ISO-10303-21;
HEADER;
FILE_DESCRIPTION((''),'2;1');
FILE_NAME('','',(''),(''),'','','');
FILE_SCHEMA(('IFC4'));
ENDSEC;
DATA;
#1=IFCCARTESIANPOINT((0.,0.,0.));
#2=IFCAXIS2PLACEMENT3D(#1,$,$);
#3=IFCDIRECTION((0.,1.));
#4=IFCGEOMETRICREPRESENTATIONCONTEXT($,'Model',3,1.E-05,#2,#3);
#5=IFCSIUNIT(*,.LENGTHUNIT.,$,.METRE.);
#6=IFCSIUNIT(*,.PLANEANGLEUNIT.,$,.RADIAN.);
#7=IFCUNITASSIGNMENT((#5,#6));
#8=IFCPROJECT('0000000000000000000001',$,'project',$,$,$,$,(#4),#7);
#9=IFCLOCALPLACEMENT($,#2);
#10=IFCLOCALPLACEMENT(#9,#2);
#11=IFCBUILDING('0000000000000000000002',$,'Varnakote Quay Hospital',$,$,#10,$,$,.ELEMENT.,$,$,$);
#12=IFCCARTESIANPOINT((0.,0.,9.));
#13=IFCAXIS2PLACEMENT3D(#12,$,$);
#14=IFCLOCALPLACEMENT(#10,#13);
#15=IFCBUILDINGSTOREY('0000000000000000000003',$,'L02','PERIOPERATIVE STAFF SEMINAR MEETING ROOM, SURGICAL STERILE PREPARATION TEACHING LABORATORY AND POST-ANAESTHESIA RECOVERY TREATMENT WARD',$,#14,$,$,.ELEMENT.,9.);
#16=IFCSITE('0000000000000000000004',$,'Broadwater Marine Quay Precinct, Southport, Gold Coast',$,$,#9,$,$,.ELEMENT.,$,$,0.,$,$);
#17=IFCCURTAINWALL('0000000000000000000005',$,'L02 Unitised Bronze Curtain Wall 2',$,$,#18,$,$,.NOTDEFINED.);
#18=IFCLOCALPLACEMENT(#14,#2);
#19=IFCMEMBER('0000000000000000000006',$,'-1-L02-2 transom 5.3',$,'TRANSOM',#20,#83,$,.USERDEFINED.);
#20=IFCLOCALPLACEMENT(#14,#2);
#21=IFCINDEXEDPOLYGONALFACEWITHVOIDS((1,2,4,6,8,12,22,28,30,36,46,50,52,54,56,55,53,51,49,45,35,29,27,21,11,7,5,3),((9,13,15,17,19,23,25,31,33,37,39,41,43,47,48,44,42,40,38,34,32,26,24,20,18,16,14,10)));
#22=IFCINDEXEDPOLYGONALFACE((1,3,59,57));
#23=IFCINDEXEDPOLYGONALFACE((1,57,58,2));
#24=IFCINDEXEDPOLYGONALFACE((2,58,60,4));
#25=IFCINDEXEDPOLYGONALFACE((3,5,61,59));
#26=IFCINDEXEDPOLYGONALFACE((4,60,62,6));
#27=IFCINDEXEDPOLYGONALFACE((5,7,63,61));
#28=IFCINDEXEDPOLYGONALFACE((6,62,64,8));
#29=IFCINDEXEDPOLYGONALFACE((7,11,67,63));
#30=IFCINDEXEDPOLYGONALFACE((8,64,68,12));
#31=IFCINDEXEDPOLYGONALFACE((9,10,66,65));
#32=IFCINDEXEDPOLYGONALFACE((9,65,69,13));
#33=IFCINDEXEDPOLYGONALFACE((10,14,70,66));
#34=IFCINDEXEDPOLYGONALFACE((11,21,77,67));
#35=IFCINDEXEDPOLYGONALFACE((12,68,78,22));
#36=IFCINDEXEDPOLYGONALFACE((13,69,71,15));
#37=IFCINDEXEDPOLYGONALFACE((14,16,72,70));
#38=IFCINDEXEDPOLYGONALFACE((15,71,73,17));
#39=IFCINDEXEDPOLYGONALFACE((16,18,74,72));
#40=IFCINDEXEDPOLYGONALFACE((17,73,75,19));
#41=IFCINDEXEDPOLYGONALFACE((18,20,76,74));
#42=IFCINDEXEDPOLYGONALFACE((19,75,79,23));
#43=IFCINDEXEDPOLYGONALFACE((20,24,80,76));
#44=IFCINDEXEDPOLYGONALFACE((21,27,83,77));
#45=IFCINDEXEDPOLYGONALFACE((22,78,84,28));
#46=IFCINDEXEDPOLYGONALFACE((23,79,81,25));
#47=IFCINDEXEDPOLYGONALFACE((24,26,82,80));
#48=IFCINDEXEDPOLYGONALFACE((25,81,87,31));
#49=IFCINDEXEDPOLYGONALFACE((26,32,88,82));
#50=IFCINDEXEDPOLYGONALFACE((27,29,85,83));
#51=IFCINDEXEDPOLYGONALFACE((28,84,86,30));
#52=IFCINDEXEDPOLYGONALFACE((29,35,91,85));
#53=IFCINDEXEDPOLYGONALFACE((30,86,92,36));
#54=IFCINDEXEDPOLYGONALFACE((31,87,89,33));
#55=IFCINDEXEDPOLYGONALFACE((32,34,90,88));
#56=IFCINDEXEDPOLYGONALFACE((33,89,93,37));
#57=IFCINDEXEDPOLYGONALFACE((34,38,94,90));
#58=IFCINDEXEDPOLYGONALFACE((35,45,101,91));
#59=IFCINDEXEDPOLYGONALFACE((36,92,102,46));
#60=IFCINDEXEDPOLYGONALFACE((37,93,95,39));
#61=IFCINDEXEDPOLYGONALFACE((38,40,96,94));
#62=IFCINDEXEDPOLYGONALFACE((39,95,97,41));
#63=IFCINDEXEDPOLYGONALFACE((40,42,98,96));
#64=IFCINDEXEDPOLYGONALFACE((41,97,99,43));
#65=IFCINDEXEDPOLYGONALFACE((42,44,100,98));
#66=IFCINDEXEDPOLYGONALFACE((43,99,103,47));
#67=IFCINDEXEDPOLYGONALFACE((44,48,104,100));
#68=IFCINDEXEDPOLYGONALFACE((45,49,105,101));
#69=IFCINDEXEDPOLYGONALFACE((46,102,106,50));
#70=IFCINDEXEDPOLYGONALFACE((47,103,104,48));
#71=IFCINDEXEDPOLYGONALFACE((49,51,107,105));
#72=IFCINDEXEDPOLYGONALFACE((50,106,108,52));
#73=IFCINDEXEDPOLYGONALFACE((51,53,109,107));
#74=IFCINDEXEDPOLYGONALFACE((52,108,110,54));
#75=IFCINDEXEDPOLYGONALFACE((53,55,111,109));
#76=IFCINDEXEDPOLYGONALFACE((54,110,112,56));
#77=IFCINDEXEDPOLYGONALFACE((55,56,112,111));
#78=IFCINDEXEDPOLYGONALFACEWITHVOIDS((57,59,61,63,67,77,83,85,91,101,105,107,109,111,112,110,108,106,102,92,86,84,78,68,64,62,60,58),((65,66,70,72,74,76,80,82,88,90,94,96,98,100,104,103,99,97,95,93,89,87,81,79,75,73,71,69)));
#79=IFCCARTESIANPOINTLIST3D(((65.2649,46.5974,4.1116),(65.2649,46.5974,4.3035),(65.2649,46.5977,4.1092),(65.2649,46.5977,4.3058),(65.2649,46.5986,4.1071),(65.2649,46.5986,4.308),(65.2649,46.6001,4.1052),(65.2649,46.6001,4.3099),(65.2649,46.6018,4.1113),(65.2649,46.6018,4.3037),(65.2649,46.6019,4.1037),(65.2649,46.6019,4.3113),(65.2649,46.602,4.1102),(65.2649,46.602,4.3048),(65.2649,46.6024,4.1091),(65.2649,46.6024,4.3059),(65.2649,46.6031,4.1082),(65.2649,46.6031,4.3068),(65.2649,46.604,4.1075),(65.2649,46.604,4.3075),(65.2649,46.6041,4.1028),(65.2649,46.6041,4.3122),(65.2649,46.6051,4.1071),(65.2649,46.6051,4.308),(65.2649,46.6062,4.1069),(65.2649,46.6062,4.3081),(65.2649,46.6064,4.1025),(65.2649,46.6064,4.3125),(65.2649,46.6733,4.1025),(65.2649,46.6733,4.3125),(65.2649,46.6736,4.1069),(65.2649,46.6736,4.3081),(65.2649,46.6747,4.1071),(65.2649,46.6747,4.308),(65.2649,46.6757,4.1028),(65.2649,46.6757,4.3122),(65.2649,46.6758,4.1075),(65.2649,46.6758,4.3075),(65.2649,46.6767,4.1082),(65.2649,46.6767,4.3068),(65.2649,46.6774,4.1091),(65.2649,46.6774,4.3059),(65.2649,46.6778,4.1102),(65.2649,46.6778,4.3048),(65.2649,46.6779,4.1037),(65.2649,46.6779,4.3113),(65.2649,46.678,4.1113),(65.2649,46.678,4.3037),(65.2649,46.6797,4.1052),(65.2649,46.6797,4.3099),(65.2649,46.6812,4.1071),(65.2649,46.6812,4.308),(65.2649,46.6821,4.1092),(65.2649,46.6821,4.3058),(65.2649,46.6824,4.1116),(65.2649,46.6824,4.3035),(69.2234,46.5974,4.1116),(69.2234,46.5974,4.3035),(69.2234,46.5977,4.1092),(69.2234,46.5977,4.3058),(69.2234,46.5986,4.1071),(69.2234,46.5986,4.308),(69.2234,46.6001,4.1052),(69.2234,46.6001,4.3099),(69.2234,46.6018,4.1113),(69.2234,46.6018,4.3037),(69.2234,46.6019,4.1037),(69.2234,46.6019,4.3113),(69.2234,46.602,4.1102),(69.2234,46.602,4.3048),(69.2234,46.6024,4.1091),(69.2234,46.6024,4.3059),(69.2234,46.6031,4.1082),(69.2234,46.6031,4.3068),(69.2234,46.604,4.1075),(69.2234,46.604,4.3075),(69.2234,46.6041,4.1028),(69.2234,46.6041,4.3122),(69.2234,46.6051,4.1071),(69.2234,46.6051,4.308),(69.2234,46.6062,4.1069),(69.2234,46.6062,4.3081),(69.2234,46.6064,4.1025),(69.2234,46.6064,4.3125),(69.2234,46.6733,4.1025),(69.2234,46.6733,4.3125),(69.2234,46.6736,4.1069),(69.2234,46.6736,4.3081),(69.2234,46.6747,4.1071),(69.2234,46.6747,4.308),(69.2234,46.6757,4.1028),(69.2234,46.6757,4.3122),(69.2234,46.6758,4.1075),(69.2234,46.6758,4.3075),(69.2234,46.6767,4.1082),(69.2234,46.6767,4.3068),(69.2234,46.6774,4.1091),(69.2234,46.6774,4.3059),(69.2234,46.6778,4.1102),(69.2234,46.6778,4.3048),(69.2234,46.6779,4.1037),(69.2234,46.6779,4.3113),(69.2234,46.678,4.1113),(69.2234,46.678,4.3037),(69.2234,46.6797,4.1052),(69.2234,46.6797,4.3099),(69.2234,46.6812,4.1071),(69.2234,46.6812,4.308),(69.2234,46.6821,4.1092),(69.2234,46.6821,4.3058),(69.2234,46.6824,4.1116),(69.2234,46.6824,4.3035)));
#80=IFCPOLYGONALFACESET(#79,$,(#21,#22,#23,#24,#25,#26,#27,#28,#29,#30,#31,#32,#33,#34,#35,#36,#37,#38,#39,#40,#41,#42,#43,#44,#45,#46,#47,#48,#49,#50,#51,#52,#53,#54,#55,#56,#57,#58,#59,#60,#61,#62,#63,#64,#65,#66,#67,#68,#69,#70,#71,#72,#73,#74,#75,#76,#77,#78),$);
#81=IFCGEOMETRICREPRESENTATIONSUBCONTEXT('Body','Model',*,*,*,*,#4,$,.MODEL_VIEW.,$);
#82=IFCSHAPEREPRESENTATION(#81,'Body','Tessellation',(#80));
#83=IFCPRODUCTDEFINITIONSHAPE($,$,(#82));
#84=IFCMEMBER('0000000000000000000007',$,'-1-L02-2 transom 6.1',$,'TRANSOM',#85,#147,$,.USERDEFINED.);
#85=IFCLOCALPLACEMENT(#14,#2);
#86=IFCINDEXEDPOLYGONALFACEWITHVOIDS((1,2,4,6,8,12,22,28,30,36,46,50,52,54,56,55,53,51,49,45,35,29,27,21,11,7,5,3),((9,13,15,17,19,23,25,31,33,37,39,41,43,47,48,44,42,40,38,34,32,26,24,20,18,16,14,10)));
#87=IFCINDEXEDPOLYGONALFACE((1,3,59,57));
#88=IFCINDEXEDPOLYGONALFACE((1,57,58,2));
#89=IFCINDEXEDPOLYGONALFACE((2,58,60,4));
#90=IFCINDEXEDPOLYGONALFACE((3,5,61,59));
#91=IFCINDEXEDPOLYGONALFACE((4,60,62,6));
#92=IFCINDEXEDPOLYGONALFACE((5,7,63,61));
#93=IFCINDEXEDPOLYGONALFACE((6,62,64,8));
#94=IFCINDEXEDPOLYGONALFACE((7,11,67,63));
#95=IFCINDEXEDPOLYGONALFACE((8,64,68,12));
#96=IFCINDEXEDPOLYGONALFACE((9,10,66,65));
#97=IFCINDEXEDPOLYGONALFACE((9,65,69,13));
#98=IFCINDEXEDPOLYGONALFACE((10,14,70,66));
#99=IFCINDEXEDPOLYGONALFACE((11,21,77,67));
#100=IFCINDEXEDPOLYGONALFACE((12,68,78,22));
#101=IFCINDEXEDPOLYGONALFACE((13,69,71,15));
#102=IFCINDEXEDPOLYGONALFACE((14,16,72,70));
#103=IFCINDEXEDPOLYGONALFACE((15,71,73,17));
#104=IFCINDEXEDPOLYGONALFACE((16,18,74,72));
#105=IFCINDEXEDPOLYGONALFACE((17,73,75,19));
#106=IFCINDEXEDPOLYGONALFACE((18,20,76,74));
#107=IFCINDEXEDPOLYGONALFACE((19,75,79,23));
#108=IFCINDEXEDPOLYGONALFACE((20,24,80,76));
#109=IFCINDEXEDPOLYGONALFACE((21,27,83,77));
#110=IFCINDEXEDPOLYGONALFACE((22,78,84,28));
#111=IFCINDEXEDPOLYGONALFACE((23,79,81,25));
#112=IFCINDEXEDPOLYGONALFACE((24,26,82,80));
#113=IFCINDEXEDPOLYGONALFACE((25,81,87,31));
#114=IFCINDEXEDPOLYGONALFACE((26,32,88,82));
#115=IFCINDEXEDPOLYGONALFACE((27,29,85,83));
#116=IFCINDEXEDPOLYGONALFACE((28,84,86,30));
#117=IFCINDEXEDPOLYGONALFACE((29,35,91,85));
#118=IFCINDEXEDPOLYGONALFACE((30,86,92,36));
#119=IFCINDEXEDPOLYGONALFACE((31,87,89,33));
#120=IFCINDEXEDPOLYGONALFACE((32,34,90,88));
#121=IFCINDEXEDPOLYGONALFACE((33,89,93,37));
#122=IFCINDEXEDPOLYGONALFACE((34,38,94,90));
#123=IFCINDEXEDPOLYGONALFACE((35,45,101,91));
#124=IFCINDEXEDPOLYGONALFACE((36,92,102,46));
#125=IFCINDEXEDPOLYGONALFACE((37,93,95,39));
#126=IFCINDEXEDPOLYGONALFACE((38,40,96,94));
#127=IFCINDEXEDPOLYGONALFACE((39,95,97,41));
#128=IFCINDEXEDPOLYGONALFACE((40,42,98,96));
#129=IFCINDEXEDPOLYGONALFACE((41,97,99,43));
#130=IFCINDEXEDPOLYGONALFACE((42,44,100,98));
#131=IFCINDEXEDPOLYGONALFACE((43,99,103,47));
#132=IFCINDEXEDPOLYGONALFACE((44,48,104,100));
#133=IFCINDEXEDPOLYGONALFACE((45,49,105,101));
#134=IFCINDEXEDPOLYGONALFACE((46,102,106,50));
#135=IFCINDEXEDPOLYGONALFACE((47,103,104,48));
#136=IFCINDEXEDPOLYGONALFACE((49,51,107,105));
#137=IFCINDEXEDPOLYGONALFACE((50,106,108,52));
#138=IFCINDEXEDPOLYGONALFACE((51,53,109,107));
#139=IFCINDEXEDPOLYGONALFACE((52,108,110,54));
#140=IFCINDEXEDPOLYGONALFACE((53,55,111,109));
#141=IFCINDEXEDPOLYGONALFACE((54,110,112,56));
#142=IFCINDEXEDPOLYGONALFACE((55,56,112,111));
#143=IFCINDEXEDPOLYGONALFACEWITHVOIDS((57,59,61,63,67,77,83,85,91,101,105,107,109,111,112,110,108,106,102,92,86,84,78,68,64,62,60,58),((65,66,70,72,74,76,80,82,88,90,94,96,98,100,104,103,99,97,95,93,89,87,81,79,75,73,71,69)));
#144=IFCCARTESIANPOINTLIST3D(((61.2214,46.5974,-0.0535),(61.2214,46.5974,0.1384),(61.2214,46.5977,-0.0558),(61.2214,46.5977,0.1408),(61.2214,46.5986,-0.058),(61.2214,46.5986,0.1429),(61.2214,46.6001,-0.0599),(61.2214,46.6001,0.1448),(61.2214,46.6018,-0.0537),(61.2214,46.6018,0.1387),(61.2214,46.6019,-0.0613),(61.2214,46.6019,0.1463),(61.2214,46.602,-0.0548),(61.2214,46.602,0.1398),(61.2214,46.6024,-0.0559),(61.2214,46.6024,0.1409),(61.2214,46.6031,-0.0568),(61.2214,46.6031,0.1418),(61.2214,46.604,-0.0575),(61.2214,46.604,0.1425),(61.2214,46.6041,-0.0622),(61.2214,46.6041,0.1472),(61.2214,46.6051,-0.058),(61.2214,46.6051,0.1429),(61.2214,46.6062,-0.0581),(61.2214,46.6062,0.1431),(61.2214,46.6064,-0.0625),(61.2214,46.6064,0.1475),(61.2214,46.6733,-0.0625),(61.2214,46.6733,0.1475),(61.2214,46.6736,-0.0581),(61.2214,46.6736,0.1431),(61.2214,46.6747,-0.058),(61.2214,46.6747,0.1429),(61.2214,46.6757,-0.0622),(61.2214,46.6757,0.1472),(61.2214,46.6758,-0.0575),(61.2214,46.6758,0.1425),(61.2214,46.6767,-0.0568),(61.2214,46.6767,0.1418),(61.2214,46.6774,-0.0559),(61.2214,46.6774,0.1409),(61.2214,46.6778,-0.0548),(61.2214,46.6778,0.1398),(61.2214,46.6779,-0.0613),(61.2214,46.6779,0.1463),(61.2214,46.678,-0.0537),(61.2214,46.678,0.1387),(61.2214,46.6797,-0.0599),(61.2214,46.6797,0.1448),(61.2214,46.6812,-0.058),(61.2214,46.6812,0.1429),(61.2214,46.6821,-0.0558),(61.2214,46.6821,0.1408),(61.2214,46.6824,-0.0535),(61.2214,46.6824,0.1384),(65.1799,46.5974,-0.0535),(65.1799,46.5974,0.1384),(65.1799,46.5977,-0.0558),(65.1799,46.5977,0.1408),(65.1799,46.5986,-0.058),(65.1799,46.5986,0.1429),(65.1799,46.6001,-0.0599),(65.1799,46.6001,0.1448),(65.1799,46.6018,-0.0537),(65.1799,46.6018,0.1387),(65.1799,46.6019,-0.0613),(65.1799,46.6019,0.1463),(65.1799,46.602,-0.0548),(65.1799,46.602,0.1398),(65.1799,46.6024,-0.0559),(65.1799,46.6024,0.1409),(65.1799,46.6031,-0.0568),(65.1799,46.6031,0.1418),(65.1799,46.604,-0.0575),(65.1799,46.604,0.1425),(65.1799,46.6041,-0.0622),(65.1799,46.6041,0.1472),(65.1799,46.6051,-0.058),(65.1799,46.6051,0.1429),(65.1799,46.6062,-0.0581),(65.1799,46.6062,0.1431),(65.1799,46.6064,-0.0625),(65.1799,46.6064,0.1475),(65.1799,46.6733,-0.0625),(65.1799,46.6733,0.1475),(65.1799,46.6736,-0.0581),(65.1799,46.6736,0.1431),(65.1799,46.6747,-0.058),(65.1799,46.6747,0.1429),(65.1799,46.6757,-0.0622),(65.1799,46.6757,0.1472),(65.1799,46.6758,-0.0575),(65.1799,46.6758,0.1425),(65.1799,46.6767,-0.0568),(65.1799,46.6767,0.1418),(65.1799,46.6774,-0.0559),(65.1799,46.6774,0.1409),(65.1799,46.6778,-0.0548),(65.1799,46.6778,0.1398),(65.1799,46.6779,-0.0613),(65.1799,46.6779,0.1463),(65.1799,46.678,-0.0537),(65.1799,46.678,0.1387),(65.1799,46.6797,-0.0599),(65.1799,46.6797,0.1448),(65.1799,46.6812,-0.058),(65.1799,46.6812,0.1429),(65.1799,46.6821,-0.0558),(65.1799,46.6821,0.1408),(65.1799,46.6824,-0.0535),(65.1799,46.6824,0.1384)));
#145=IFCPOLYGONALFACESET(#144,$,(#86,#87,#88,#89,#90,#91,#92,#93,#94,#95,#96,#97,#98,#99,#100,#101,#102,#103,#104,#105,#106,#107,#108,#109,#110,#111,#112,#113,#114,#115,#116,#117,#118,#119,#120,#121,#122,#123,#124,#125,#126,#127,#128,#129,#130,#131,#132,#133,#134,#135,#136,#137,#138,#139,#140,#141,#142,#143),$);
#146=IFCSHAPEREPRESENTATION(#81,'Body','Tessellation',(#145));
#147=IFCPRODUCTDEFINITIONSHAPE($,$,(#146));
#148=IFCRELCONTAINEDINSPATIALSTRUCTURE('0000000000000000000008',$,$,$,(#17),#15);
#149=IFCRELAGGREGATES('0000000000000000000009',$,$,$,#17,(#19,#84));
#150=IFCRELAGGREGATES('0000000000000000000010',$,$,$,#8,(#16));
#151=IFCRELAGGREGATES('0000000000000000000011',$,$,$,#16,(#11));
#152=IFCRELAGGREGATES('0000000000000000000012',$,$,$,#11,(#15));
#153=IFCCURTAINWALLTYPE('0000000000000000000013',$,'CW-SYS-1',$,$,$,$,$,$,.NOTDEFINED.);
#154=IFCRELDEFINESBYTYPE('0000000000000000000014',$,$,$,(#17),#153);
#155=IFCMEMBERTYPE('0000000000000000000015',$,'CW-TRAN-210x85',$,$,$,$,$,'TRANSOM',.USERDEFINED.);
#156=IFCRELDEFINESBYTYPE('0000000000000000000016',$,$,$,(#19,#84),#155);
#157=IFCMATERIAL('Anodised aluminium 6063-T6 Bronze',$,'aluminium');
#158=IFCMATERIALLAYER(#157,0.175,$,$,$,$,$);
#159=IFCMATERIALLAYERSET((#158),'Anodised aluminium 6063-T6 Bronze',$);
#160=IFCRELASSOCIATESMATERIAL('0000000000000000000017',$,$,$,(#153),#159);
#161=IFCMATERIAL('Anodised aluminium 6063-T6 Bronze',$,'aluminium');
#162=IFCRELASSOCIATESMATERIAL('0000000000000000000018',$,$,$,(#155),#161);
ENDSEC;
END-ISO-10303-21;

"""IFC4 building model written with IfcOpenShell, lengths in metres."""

from ifc_helpers import new_model, si_unit, direction, frame, origin, origin_2d, place, context, subcontext, project, spatial, hollow_rectangle, extrude, material, layer, layer_set, material_profile, profile_set, type_object, element, aggregate, save


model = new_model("IFC4")

# Units and contexts
model_context = context("Model", 3, precision=1e-05, world=origin(), true_north=direction((0.0, 1.0)))
body_context = subcontext(model_context, "Body", "Model", "MODEL_VIEW")
ifc_project = project(units=[si_unit("LENGTHUNIT", "METRE"), si_unit("PLANEANGLEUNIT", "RADIAN")], contexts=[model_context])

# Site, building, storey
site_placement = place(None, origin())
site = spatial("IfcSite", under=ifc_project, at=site_placement, Name="Broadwater Marine Quay Precinct, Southport, Gold Coast", CompositionType="ELEMENT", RefElevation=0.0)
building_placement = place(site_placement, origin())
building = spatial("IfcBuilding", under=site, at=building_placement, Name="Varnakote Quay Hospital", CompositionType="ELEMENT")
storey_placement = place(building_placement, frame((0.0, 0.0, 9.0)))
storey = spatial("IfcBuildingStorey", under=building, at=storey_placement, Name="L02", Description="PERIOPERATIVE STAFF SEMINAR MEETING ROOM, SURGICAL STERILE PREPARATION TEACHING LABORATORY AND POST-ANAESTHESIA RECOVERY TREATMENT WARD", CompositionType="ELEMENT", Elevation=9.0)

# Curtain wall, members
ifc_material_1 = material(Name="Anodised aluminium 6063-T6 Bronze", Category="aluminium")
ifc_layer_1 = layer(ifc_material_1, 0.175)
ifc_layer_set_1 = layer_set([ifc_layer_1], Name="Anodised aluminium 6063-T6 Bronze")
curtain_wall_type = type_object("IfcCurtainWallType", Name="CW-SYS-1", PredefinedType="NOTDEFINED", material=ifc_layer_set_1)
curtain_wall_placement = place(storey_placement, origin())
curtain_wall = element("IfcCurtainWall", 1, at=curtain_wall_placement, inside=storey, type_object=curtain_wall_type, Name="L02 Unitised Bronze Curtain Wall 2", PredefinedType="NOTDEFINED")
ifc_material_2 = material(Name="Anodised aluminium 6063-T6 Bronze", Category="aluminium")
ifc_material_profile_1 = material_profile(ifc_material_2, hollow_rectangle(XDim=0.085, YDim=0.21, WallThickness=0.0044, InnerFilletRadius=0.0044, OuterFilletRadius=0.009, at=origin_2d()), Name="CW-TRAN-210x85")
ifc_profile_set_1 = profile_set([ifc_material_profile_1], Name="Anodised aluminium 6063-T6 Bronze")
member_type_1 = type_object("IfcMemberType", Name="CW-TRAN-210x85", ElementType="TRANSOM", PredefinedType="USERDEFINED", material=ifc_profile_set_1)
member_1_placement = place(storey_placement, frame((69.2234, 46.6399, 4.2075), z_axis=(-1.0, 0.0, 0.0), x_axis=(0.0, -1.0, 0.0)))
member_1 = element("IfcMember", 2, at=member_1_placement, type_object=member_type_1, Name="-1-L02-2 transom 5.3", ObjectType="TRANSOM", PredefinedType="USERDEFINED", context=body_context, shape_type="SweptSolid", body=[
    extrude(hollow_rectangle(XDim=0.085, YDim=0.21, WallThickness=0.0044, InnerFilletRadius=0.0044, OuterFilletRadius=0.009, at=origin_2d()), origin(), (0.0, 0.0, 1.0), 3.9585),
])
member_2_placement = place(storey_placement, frame((65.1799, 46.6399, 0.0425), z_axis=(-1.0, 0.0, 0.0), x_axis=(0.0, -1.0, 0.0)))
member_2 = element("IfcMember", 3, at=member_2_placement, type_object=member_type_1, Name="-1-L02-2 transom 6.1", ObjectType="TRANSOM", PredefinedType="USERDEFINED", context=body_context, shape_type="SweptSolid", body=[
    extrude(hollow_rectangle(XDim=0.085, YDim=0.21, WallThickness=0.0044, InnerFilletRadius=0.0044, OuterFilletRadius=0.009, at=origin_2d()), origin(), (0.0, 0.0, 1.0), 3.9585),
])

aggregate(curtain_wall, [member_1, member_2])

save(model, "model.ifc")
